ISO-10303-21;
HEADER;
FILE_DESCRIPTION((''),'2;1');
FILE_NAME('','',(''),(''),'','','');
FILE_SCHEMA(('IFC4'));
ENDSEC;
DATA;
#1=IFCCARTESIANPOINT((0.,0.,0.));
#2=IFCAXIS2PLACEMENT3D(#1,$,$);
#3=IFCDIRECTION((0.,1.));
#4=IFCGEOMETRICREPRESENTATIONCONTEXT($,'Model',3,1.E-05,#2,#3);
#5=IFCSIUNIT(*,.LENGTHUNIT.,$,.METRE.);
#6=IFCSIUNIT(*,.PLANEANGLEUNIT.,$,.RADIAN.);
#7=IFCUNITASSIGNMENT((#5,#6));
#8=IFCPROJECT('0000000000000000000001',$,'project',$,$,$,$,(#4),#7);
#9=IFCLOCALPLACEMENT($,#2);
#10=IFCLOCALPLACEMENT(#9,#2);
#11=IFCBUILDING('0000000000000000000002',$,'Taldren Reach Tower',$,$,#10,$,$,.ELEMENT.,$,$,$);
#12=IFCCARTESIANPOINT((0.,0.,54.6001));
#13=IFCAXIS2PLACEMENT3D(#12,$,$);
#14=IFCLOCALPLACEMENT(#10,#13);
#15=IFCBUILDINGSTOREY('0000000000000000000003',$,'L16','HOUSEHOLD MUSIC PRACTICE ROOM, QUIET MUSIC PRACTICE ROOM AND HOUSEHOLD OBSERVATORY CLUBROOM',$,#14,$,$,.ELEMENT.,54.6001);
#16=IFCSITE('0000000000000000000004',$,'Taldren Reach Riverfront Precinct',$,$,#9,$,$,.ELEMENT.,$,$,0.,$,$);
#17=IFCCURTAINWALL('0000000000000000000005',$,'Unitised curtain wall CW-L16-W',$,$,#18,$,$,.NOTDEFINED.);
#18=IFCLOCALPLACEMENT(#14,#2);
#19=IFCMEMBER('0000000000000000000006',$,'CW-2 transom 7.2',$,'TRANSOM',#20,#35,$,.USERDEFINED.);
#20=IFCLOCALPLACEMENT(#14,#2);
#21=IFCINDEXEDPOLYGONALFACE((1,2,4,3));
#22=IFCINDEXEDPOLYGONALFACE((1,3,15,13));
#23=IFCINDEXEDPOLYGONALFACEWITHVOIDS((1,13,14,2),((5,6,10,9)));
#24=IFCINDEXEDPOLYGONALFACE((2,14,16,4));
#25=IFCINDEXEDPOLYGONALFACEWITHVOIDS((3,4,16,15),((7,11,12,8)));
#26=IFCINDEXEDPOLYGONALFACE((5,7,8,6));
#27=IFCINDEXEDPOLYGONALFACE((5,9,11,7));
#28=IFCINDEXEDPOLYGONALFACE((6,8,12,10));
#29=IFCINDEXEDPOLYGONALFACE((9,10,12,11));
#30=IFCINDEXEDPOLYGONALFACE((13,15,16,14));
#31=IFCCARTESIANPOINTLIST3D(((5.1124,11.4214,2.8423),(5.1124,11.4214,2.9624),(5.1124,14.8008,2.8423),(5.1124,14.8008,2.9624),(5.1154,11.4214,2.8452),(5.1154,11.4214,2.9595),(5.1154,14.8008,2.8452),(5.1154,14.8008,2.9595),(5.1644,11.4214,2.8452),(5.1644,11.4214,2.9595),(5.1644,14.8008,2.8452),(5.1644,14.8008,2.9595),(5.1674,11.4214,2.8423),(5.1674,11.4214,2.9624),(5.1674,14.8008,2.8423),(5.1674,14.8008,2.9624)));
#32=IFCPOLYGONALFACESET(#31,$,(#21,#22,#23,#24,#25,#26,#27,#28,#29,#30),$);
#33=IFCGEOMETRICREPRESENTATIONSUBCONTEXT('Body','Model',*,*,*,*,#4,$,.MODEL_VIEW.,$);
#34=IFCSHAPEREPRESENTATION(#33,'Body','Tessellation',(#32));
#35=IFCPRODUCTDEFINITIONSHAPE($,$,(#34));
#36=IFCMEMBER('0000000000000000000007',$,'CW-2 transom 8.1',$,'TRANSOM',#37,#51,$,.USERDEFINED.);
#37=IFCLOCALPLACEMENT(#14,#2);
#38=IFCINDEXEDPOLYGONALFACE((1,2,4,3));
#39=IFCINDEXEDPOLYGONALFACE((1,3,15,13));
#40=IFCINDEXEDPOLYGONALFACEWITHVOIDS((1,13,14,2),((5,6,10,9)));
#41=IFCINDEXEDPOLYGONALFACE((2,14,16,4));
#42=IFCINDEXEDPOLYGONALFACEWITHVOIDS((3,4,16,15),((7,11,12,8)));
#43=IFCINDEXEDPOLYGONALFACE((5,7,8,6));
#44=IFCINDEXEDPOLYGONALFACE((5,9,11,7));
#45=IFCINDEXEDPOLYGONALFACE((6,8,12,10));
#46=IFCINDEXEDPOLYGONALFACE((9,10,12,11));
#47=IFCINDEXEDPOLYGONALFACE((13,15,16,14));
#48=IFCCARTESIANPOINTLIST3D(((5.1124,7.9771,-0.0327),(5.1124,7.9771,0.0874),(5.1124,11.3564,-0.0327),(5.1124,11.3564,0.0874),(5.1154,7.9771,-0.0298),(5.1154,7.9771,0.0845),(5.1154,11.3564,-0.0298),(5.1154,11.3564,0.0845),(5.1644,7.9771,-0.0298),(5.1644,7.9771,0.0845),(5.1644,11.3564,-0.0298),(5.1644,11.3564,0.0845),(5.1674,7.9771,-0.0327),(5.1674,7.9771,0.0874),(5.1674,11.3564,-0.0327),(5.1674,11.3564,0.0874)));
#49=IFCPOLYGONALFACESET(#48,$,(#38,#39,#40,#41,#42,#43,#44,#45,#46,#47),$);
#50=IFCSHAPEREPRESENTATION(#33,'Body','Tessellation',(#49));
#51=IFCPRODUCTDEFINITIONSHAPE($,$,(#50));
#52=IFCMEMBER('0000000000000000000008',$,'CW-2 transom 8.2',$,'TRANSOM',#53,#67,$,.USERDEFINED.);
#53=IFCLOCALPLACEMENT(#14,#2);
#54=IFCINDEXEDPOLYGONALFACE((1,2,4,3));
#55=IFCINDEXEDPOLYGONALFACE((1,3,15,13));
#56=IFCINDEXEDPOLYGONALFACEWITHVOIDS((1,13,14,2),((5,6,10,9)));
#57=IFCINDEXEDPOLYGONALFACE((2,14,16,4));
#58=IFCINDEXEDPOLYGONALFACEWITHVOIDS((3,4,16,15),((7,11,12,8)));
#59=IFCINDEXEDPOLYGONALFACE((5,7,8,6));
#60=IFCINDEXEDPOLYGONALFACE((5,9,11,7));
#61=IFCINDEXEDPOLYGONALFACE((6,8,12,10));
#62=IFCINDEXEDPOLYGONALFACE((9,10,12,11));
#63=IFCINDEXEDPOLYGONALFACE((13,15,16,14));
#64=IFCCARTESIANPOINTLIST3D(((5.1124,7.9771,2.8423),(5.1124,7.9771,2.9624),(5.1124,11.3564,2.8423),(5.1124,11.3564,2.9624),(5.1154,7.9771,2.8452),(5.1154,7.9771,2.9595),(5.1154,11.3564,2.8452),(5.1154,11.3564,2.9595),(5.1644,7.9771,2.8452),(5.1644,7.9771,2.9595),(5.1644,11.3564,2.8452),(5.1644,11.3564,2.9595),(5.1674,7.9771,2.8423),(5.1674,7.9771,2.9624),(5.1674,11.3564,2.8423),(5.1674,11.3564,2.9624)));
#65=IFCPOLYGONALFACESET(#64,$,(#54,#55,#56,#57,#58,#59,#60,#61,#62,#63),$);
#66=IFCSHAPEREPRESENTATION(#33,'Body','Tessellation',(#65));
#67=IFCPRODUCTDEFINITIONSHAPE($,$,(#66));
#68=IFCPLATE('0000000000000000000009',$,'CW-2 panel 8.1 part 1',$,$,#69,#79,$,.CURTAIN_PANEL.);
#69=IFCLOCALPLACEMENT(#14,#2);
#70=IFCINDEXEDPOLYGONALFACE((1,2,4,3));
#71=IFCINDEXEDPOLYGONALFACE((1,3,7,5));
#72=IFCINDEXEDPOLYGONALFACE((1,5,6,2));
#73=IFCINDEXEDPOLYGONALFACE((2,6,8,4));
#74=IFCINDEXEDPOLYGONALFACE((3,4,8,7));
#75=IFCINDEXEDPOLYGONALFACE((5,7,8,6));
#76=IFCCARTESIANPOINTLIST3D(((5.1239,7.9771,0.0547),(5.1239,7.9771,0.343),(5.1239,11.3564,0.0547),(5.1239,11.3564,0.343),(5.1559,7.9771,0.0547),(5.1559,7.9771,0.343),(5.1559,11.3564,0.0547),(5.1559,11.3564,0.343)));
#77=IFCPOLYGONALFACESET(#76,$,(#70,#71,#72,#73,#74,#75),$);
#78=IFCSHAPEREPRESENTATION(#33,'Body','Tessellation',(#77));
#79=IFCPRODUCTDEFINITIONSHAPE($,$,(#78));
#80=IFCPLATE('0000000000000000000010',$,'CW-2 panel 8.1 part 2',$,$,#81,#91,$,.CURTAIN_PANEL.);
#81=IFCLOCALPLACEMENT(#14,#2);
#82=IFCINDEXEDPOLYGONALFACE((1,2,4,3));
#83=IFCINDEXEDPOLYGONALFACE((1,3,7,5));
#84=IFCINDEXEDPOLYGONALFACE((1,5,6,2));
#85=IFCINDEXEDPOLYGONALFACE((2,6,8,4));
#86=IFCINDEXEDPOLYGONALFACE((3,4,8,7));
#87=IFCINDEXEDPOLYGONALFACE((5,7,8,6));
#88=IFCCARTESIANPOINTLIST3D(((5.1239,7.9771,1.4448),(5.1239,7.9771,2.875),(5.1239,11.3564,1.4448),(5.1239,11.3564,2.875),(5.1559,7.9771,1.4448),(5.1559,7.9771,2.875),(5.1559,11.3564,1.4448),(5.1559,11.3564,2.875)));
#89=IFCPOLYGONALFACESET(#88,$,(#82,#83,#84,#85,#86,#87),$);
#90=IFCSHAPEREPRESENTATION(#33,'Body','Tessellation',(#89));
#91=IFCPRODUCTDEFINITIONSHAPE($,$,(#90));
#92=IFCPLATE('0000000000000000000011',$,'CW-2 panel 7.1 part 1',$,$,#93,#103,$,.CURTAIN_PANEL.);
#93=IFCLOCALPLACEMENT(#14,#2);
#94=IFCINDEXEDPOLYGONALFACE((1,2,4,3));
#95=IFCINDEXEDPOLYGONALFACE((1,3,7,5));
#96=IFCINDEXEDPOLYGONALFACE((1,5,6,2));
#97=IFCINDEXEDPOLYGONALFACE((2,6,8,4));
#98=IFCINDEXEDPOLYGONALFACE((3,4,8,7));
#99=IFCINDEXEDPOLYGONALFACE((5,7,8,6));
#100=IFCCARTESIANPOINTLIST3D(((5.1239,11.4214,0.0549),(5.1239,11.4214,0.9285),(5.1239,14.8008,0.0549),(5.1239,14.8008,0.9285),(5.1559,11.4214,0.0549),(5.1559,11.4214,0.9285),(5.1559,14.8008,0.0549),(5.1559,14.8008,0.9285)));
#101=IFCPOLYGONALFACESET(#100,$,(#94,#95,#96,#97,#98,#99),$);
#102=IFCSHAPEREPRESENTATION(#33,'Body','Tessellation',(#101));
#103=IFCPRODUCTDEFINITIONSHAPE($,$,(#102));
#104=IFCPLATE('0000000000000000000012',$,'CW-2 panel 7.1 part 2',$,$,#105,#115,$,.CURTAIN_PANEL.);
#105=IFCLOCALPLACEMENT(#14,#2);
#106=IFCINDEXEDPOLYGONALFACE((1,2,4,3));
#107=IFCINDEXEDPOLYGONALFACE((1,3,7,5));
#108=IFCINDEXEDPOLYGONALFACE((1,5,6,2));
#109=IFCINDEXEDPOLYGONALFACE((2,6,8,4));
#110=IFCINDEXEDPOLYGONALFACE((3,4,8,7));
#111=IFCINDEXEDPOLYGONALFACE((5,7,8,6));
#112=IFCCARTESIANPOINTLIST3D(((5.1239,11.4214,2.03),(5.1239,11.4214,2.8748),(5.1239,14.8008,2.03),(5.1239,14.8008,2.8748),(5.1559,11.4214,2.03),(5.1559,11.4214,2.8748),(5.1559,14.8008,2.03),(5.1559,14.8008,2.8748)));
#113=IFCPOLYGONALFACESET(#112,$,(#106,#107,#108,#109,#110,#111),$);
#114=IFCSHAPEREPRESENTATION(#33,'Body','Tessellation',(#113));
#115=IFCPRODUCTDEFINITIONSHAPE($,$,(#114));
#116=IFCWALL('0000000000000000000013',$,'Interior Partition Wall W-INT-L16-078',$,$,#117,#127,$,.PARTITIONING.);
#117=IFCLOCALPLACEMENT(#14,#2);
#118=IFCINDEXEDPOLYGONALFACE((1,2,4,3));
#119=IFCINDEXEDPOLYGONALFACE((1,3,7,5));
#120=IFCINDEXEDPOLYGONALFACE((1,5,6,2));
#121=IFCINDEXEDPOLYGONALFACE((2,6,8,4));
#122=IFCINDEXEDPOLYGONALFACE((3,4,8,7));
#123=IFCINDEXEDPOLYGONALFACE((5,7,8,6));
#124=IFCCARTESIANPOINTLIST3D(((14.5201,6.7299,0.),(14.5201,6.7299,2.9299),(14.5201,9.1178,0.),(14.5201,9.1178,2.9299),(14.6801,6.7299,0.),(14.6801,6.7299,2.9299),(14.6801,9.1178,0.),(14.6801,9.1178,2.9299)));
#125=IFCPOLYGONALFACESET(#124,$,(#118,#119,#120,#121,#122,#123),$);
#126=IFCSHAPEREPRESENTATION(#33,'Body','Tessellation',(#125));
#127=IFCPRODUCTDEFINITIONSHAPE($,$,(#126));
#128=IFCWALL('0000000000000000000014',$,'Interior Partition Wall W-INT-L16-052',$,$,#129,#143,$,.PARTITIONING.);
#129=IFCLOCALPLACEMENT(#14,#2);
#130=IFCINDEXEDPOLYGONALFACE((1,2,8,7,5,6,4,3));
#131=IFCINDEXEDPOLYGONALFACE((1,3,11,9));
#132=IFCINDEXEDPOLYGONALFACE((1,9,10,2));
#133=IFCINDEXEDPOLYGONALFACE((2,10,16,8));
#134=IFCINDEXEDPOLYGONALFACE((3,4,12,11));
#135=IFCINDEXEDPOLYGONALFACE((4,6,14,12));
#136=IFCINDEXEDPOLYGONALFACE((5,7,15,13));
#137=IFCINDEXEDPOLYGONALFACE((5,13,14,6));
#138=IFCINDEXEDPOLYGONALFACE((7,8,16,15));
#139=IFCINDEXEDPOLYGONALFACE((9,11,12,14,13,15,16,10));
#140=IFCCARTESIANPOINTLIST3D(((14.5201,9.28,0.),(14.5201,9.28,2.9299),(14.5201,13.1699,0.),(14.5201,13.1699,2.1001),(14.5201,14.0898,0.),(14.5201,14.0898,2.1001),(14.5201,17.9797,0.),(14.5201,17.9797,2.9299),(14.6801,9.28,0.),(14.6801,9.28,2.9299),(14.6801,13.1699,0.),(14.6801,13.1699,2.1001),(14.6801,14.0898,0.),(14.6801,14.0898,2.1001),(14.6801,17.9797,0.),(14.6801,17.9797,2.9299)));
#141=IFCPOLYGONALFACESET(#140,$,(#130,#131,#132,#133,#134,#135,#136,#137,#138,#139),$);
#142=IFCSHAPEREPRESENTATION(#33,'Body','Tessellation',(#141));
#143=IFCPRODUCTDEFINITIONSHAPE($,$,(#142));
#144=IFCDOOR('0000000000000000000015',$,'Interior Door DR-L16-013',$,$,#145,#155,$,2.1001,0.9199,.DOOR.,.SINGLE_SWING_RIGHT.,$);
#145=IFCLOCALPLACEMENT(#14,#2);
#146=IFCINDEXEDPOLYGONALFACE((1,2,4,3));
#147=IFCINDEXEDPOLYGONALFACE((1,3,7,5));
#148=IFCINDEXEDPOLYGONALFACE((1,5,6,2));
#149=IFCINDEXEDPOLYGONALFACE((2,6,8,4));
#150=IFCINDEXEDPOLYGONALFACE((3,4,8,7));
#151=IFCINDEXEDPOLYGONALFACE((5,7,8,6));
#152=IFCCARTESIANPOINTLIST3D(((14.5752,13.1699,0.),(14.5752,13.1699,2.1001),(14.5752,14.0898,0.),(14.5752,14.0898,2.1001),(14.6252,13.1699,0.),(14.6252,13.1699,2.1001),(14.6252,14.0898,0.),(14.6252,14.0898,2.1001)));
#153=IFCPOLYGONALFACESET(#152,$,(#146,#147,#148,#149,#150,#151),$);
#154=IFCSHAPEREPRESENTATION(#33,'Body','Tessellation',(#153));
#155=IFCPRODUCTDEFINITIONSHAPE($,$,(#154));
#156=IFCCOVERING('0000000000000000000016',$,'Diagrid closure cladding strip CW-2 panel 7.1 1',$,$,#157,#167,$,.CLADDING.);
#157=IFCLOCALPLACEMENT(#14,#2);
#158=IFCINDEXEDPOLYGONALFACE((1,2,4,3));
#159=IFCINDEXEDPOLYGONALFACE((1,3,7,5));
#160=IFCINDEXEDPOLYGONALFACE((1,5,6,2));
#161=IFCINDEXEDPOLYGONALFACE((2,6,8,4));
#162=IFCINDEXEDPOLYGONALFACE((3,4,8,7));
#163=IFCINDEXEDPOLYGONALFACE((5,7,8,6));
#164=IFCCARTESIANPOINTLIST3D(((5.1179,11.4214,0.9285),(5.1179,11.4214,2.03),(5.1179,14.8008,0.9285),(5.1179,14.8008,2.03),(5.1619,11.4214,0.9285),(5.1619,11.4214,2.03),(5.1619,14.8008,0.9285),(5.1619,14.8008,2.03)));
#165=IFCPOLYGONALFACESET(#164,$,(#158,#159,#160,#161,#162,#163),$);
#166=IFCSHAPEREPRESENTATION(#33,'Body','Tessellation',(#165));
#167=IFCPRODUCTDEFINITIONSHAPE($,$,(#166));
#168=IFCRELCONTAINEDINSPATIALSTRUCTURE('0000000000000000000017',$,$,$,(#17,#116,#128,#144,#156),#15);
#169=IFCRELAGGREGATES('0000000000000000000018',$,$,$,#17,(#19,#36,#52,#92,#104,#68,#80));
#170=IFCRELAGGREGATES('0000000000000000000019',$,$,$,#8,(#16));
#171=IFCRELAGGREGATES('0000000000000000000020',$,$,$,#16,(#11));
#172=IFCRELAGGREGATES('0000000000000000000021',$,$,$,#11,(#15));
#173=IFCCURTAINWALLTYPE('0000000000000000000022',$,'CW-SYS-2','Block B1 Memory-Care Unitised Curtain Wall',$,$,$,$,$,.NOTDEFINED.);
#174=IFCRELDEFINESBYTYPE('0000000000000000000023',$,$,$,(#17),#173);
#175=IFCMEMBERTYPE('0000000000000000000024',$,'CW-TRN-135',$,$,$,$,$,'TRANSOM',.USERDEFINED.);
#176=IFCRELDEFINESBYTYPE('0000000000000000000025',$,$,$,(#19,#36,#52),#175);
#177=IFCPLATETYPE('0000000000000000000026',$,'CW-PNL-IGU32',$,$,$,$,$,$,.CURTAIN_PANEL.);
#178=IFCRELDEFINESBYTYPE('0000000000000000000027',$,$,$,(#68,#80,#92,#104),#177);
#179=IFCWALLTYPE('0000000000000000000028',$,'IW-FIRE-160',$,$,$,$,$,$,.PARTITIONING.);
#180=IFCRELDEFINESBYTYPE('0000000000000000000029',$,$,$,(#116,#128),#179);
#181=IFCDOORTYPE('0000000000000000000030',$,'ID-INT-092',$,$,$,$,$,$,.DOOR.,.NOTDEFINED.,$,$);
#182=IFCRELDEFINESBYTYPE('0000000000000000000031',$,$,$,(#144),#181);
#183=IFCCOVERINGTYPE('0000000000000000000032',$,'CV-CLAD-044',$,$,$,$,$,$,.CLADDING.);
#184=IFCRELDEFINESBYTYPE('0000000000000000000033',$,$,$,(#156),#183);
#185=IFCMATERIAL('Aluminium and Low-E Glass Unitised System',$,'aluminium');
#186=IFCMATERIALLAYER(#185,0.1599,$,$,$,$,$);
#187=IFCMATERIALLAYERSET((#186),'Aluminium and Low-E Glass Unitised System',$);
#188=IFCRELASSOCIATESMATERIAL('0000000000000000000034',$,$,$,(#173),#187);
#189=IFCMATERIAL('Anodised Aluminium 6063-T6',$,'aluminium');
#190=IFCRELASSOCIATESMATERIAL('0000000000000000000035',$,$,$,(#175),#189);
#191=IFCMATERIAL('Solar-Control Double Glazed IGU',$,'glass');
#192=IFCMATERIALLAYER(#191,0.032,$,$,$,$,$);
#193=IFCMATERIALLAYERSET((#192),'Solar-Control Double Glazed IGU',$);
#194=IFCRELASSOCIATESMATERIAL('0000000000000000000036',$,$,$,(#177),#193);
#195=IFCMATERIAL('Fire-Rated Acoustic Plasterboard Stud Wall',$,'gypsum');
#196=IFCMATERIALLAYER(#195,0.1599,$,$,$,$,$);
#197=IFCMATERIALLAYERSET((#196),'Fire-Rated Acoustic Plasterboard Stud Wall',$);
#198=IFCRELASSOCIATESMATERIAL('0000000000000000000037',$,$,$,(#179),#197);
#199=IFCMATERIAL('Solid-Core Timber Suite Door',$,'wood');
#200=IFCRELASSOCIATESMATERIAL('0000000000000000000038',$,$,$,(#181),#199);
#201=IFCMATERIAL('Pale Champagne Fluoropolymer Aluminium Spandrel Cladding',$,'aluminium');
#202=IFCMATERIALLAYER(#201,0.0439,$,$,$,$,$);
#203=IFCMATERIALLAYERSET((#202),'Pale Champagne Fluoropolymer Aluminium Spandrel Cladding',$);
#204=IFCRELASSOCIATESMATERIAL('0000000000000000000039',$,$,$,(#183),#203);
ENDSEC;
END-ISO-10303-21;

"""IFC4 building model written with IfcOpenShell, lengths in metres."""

from ifc_helpers import new_model, si_unit, direction, frame, frame_2d, origin, origin_2d, place, context, subcontext, project, spatial, rectangle, hollow_rectangle, extrude, source, transform, mapped, material, layer, layer_set, material_profile, profile_set, type_object, element, fill, aggregate, save


model = new_model("IFC4")

# Units and contexts
model_context = context("Model", 3, precision=1e-05, world=origin(), true_north=direction((0.0, 1.0)))
body_context = subcontext(model_context, "Body", "Model", "MODEL_VIEW")
ifc_project = project(units=[si_unit("LENGTHUNIT", "METRE"), si_unit("PLANEANGLEUNIT", "RADIAN")], contexts=[model_context])

# Site, building, storey
site_placement = place(None, origin())
site = spatial("IfcSite", under=ifc_project, at=site_placement, Name="Taldren Reach Riverfront Precinct", CompositionType="ELEMENT", RefElevation=0.0)
building_placement = place(site_placement, origin())
building = spatial("IfcBuilding", under=site, at=building_placement, Name="Taldren Reach Tower", CompositionType="ELEMENT")
storey_placement = place(building_placement, frame((0.0, 0.0, 54.6001)))
storey = spatial("IfcBuildingStorey", under=building, at=storey_placement, Name="L16", Description="HOUSEHOLD MUSIC PRACTICE ROOM, QUIET MUSIC PRACTICE ROOM AND HOUSEHOLD OBSERVATORY CLUBROOM", CompositionType="ELEMENT", Elevation=54.6001)

# Curtain wall, members, plates
ifc_material_1 = material(Name="Aluminium and Low-E Glass Unitised System", Category="aluminium")
ifc_layer_1 = layer(ifc_material_1, 0.1599)
ifc_layer_set_1 = layer_set([ifc_layer_1], Name="Aluminium and Low-E Glass Unitised System")
curtain_wall_type = type_object("IfcCurtainWallType", Name="CW-SYS-2", Description="Block B1 Memory-Care Unitised Curtain Wall", PredefinedType="NOTDEFINED", material=ifc_layer_set_1)
curtain_wall_placement = place(storey_placement, origin())
curtain_wall = element("IfcCurtainWall", 1, at=curtain_wall_placement, inside=storey, type_object=curtain_wall_type, Name="Unitised curtain wall CW-L16-W", PredefinedType="NOTDEFINED")
ifc_material_2 = material(Name="Anodised Aluminium 6063-T6", Category="aluminium")
ifc_material_profile_1 = material_profile(ifc_material_2, hollow_rectangle(XDim=0.0549, YDim=0.1201, WallThickness=0.0029, at=origin_2d()), Name="ALU-120x55x3RHS")
ifc_profile_set_1 = profile_set([ifc_material_profile_1], Name="Anodised Aluminium 6063-T6")
member_type_1 = type_object("IfcMemberType", Name="CW-TRN-135", ElementType="TRANSOM", PredefinedType="USERDEFINED", material=ifc_profile_set_1)
shared_shape_1 = source(origin(), body_context, "Body", "SweptSolid", [
    extrude(hollow_rectangle(XDim=0.0549, YDim=0.1201, WallThickness=0.0029, at=origin_2d()), origin(), (0.0, 0.0, 1.0), 3.3794),
])
member_1_placement = place(storey_placement, frame((5.1399, 14.8008, 2.9023), z_axis=(0.0, -1.0, 0.0), x_axis=(1.0, 0.0, 0.0)))
member_1 = element("IfcMember", 2, at=member_1_placement, type_object=member_type_1, Name="CW-2 transom 7.2", ObjectType="TRANSOM", PredefinedType="USERDEFINED", context=body_context, shape_type="MappedRepresentation", body=[
    mapped(shared_shape_1, transform((0.0, 0.0, 0.0), scale=1.0)),
])
member_2_placement = place(storey_placement, frame((5.1399, 11.3564, 0.0273), z_axis=(0.0, -1.0, 0.0), x_axis=(1.0, 0.0, 0.0)))
member_2 = element("IfcMember", 3, at=member_2_placement, type_object=member_type_1, Name="CW-2 transom 8.1", ObjectType="TRANSOM", PredefinedType="USERDEFINED", context=body_context, shape_type="MappedRepresentation", body=[
    mapped(shared_shape_1, transform((0.0, 0.0, 0.0), scale=1.0)),
])
member_3_placement = place(storey_placement, frame((5.1399, 11.3564, 2.9023), z_axis=(0.0, -1.0, 0.0), x_axis=(1.0, 0.0, 0.0)))
member_3 = element("IfcMember", 4, at=member_3_placement, type_object=member_type_1, Name="CW-2 transom 8.2", ObjectType="TRANSOM", PredefinedType="USERDEFINED", context=body_context, shape_type="MappedRepresentation", body=[
    mapped(shared_shape_1, transform((0.0, 0.0, 0.0), scale=1.0)),
])
ifc_material_3 = material(Name="Solar-Control Double Glazed IGU", Category="glass")
ifc_layer_2 = layer(ifc_material_3, 0.032)
ifc_layer_set_2 = layer_set([ifc_layer_2], Name="Solar-Control Double Glazed IGU")
plate_type = type_object("IfcPlateType", Name="CW-PNL-IGU32", PredefinedType="CURTAIN_PANEL", material=ifc_layer_set_2)
shared_shape_2 = source(origin(), body_context, "Body", "SweptSolid", [
    extrude(rectangle(XDim=3.3794, YDim=0.032, at=origin_2d()), origin(), (0.0, 0.0, 1.0), 0.2883),
])
plate_1_placement = place(storey_placement, frame((5.1399, 9.6667, 0.0547), z_axis=(0.0, 0.0, 1.0), x_axis=(0.0, -1.0, 0.0)))
plate_1 = element("IfcPlate", 5, at=plate_1_placement, type_object=plate_type, Name="CW-2 panel 8.1 part 1", PredefinedType="CURTAIN_PANEL", context=body_context, shape_type="MappedRepresentation", body=[
    mapped(shared_shape_2, transform((0.0, 0.0, 0.0), scale=1.0)),
])
shared_shape_3 = source(origin(), body_context, "Body", "SweptSolid", [
    extrude(rectangle(XDim=3.3794, YDim=0.032, at=origin_2d()), origin(), (0.0, 0.0, 1.0), 1.4302),
])
plate_2_placement = place(storey_placement, frame((5.1399, 9.6667, 1.4448), z_axis=(0.0, 0.0, 1.0), x_axis=(0.0, -1.0, 0.0)))
plate_2 = element("IfcPlate", 6, at=plate_2_placement, type_object=plate_type, Name="CW-2 panel 8.1 part 2", PredefinedType="CURTAIN_PANEL", context=body_context, shape_type="MappedRepresentation", body=[
    mapped(shared_shape_3, transform((0.0, 0.0, 0.0), scale=1.0)),
])
shared_shape_4 = source(origin(), body_context, "Body", "SweptSolid", [
    extrude(rectangle(XDim=3.3794, YDim=0.032, at=origin_2d()), origin(), (0.0, 0.0, 1.0), 0.8735),
])
plate_3_placement = place(storey_placement, frame((5.1399, 13.1111, 0.0549), z_axis=(0.0, 0.0, 1.0), x_axis=(0.0, -1.0, 0.0)))
plate_3 = element("IfcPlate", 7, at=plate_3_placement, type_object=plate_type, Name="CW-2 panel 7.1 part 1", PredefinedType="CURTAIN_PANEL", context=body_context, shape_type="MappedRepresentation", body=[
    mapped(shared_shape_4, transform((0.0, 0.0, 0.0), scale=1.0)),
])
shared_shape_5 = source(origin(), body_context, "Body", "SweptSolid", [
    extrude(rectangle(XDim=3.3794, YDim=0.032, at=origin_2d()), origin(), (0.0, 0.0, 1.0), 0.8447),
])
plate_4_placement = place(storey_placement, frame((5.1399, 13.1111, 2.03), z_axis=(0.0, 0.0, 1.0), x_axis=(0.0, -1.0, 0.0)))
plate_4 = element("IfcPlate", 8, at=plate_4_placement, type_object=plate_type, Name="CW-2 panel 7.1 part 2", PredefinedType="CURTAIN_PANEL", context=body_context, shape_type="MappedRepresentation", body=[
    mapped(shared_shape_5, transform((0.0, 0.0, 0.0), scale=1.0)),
])
aggregate(curtain_wall, [member_1, member_2, member_3, plate_3, plate_4, plate_1, plate_2])

# Wall
ifc_material_4 = material(Name="Fire-Rated Acoustic Plasterboard Stud Wall", Category="gypsum")
ifc_layer_3 = layer(ifc_material_4, 0.1599)
ifc_layer_set_3 = layer_set([ifc_layer_3], Name="Fire-Rated Acoustic Plasterboard Stud Wall")
wall_type = type_object("IfcWallType", Name="IW-FIRE-160", PredefinedType="PARTITIONING", material=ifc_layer_set_3)
shared_shape_6 = source(origin(), body_context, "Body", "SweptSolid", [
    extrude(rectangle(XDim=2.3879, YDim=0.1599, at=frame_2d((1.1938, 0.0))), origin(), (0.0, 0.0, 1.0), 2.9299),
])
wall_1_placement = place(storey_placement, frame((14.6001, 6.73, 0.0), z_axis=(0.0, 0.0, 1.0), x_axis=(0.0, 1.0, 0.0)))
element("IfcWall", 9, at=wall_1_placement, inside=storey, type_object=wall_type, Name="Interior Partition Wall W-INT-L16-078", PredefinedType="PARTITIONING", context=body_context, shape_type="MappedRepresentation", body=[
    mapped(shared_shape_6, transform((0.0, 0.0, 0.0), scale=1.0)),
])

# Wall, opening, door
shared_shape_7 = source(origin(), body_context, "Body", "SweptSolid", [
    extrude(rectangle(XDim=8.6997, YDim=0.1599, at=frame_2d((4.3499, 0.0))), origin(), (0.0, 0.0, 1.0), 2.9299),
])
wall_2_placement = place(storey_placement, frame((14.6001, 9.28, 0.0), z_axis=(0.0, 0.0, 1.0), x_axis=(0.0, 1.0, 0.0)))
wall_2 = element("IfcWall", 10, at=wall_2_placement, inside=storey, type_object=wall_type, Name="Interior Partition Wall W-INT-L16-052", PredefinedType="PARTITIONING", context=body_context, shape_type="MappedRepresentation", body=[
    mapped(shared_shape_7, transform((0.0, 0.0, 0.0), scale=1.0)),
])
shared_shape_8 = source(origin(), body_context, "Body", "SweptSolid", [
    extrude(rectangle(XDim=0.9199, YDim=2.1001, at=frame_2d((0.46, 1.05))), frame((0.0, 0.0898, 0.0), z_axis=(0.0, -1.0, 0.0), x_axis=(1.0, 0.0, 0.0)), (0.0, 0.0, 1.0), 0.1799),
])
opening_placement = place(wall_2_placement, frame((3.8899, 0.0, 0.0)))
opening = element("IfcOpeningElement", 11, at=opening_placement, cuts=wall_2, PredefinedType="OPENING", context=body_context, shape_type="MappedRepresentation", body=[
    mapped(shared_shape_8, transform((0.0, 0.0, 0.0), scale=1.0)),
])
ifc_material_5 = material(Name="Solid-Core Timber Suite Door", Category="wood")
door_type = type_object("IfcDoorType", Name="ID-INT-092", OperationType="NOTDEFINED", PredefinedType="DOOR", material=ifc_material_5)
shared_shape_9 = source(origin(), body_context, "Body", "SweptSolid", [
    extrude(rectangle(XDim=0.9199, YDim=2.1001, at=frame_2d((0.46, 1.05))), frame((0.0, 0.0249, 0.0), z_axis=(0.0, -1.0, 0.0), x_axis=(1.0, 0.0, 0.0)), (0.0, 0.0, 1.0), 0.05),
])
door_placement = place(opening_placement, origin())
door = element("IfcDoor", 12, at=door_placement, inside=storey, type_object=door_type, Name="Interior Door DR-L16-013", OperationType="SINGLE_SWING_RIGHT", OverallHeight=2.1001, OverallWidth=0.9199, PredefinedType="DOOR", context=body_context, shape_type="MappedRepresentation", body=[
    mapped(shared_shape_9, transform((0.0, 0.0, 0.0), scale=1.0)),
])
fill(opening, door)

# Covering
ifc_material_6 = material(Name="Pale Champagne Fluoropolymer Aluminium Spandrel Cladding", Category="aluminium")
ifc_layer_4 = layer(ifc_material_6, 0.0439)
ifc_layer_set_4 = layer_set([ifc_layer_4], Name="Pale Champagne Fluoropolymer Aluminium Spandrel Cladding")
covering_type = type_object("IfcCoveringType", Name="CV-CLAD-044", PredefinedType="CLADDING", material=ifc_layer_set_4)
shared_shape_10 = source(origin(), body_context, "Body", "SweptSolid", [
    extrude(rectangle(XDim=3.3794, YDim=0.0439, at=origin_2d()), origin(), (0.0, 0.0, 1.0), 1.1016),
])
for number, where, z_axis, x_axis, name in (
    (13, (5.1399, 13.1111, 0.9285), (0.0, 0.0, 1.0), (0.0, -1.0, 0.0), "Diagrid closure cladding strip CW-2 panel 7.1 1"),
):
    element("IfcCovering", number, at=place(storey_placement, frame(where, z_axis=z_axis, x_axis=x_axis)), inside=storey, type_object=covering_type, Name=name, PredefinedType="CLADDING", context=body_context, shape_type="MappedRepresentation", body=[
        mapped(shared_shape_10, transform((0.0, 0.0, 0.0), scale=1.0)),
    ])

save(model, "model.ifc")
